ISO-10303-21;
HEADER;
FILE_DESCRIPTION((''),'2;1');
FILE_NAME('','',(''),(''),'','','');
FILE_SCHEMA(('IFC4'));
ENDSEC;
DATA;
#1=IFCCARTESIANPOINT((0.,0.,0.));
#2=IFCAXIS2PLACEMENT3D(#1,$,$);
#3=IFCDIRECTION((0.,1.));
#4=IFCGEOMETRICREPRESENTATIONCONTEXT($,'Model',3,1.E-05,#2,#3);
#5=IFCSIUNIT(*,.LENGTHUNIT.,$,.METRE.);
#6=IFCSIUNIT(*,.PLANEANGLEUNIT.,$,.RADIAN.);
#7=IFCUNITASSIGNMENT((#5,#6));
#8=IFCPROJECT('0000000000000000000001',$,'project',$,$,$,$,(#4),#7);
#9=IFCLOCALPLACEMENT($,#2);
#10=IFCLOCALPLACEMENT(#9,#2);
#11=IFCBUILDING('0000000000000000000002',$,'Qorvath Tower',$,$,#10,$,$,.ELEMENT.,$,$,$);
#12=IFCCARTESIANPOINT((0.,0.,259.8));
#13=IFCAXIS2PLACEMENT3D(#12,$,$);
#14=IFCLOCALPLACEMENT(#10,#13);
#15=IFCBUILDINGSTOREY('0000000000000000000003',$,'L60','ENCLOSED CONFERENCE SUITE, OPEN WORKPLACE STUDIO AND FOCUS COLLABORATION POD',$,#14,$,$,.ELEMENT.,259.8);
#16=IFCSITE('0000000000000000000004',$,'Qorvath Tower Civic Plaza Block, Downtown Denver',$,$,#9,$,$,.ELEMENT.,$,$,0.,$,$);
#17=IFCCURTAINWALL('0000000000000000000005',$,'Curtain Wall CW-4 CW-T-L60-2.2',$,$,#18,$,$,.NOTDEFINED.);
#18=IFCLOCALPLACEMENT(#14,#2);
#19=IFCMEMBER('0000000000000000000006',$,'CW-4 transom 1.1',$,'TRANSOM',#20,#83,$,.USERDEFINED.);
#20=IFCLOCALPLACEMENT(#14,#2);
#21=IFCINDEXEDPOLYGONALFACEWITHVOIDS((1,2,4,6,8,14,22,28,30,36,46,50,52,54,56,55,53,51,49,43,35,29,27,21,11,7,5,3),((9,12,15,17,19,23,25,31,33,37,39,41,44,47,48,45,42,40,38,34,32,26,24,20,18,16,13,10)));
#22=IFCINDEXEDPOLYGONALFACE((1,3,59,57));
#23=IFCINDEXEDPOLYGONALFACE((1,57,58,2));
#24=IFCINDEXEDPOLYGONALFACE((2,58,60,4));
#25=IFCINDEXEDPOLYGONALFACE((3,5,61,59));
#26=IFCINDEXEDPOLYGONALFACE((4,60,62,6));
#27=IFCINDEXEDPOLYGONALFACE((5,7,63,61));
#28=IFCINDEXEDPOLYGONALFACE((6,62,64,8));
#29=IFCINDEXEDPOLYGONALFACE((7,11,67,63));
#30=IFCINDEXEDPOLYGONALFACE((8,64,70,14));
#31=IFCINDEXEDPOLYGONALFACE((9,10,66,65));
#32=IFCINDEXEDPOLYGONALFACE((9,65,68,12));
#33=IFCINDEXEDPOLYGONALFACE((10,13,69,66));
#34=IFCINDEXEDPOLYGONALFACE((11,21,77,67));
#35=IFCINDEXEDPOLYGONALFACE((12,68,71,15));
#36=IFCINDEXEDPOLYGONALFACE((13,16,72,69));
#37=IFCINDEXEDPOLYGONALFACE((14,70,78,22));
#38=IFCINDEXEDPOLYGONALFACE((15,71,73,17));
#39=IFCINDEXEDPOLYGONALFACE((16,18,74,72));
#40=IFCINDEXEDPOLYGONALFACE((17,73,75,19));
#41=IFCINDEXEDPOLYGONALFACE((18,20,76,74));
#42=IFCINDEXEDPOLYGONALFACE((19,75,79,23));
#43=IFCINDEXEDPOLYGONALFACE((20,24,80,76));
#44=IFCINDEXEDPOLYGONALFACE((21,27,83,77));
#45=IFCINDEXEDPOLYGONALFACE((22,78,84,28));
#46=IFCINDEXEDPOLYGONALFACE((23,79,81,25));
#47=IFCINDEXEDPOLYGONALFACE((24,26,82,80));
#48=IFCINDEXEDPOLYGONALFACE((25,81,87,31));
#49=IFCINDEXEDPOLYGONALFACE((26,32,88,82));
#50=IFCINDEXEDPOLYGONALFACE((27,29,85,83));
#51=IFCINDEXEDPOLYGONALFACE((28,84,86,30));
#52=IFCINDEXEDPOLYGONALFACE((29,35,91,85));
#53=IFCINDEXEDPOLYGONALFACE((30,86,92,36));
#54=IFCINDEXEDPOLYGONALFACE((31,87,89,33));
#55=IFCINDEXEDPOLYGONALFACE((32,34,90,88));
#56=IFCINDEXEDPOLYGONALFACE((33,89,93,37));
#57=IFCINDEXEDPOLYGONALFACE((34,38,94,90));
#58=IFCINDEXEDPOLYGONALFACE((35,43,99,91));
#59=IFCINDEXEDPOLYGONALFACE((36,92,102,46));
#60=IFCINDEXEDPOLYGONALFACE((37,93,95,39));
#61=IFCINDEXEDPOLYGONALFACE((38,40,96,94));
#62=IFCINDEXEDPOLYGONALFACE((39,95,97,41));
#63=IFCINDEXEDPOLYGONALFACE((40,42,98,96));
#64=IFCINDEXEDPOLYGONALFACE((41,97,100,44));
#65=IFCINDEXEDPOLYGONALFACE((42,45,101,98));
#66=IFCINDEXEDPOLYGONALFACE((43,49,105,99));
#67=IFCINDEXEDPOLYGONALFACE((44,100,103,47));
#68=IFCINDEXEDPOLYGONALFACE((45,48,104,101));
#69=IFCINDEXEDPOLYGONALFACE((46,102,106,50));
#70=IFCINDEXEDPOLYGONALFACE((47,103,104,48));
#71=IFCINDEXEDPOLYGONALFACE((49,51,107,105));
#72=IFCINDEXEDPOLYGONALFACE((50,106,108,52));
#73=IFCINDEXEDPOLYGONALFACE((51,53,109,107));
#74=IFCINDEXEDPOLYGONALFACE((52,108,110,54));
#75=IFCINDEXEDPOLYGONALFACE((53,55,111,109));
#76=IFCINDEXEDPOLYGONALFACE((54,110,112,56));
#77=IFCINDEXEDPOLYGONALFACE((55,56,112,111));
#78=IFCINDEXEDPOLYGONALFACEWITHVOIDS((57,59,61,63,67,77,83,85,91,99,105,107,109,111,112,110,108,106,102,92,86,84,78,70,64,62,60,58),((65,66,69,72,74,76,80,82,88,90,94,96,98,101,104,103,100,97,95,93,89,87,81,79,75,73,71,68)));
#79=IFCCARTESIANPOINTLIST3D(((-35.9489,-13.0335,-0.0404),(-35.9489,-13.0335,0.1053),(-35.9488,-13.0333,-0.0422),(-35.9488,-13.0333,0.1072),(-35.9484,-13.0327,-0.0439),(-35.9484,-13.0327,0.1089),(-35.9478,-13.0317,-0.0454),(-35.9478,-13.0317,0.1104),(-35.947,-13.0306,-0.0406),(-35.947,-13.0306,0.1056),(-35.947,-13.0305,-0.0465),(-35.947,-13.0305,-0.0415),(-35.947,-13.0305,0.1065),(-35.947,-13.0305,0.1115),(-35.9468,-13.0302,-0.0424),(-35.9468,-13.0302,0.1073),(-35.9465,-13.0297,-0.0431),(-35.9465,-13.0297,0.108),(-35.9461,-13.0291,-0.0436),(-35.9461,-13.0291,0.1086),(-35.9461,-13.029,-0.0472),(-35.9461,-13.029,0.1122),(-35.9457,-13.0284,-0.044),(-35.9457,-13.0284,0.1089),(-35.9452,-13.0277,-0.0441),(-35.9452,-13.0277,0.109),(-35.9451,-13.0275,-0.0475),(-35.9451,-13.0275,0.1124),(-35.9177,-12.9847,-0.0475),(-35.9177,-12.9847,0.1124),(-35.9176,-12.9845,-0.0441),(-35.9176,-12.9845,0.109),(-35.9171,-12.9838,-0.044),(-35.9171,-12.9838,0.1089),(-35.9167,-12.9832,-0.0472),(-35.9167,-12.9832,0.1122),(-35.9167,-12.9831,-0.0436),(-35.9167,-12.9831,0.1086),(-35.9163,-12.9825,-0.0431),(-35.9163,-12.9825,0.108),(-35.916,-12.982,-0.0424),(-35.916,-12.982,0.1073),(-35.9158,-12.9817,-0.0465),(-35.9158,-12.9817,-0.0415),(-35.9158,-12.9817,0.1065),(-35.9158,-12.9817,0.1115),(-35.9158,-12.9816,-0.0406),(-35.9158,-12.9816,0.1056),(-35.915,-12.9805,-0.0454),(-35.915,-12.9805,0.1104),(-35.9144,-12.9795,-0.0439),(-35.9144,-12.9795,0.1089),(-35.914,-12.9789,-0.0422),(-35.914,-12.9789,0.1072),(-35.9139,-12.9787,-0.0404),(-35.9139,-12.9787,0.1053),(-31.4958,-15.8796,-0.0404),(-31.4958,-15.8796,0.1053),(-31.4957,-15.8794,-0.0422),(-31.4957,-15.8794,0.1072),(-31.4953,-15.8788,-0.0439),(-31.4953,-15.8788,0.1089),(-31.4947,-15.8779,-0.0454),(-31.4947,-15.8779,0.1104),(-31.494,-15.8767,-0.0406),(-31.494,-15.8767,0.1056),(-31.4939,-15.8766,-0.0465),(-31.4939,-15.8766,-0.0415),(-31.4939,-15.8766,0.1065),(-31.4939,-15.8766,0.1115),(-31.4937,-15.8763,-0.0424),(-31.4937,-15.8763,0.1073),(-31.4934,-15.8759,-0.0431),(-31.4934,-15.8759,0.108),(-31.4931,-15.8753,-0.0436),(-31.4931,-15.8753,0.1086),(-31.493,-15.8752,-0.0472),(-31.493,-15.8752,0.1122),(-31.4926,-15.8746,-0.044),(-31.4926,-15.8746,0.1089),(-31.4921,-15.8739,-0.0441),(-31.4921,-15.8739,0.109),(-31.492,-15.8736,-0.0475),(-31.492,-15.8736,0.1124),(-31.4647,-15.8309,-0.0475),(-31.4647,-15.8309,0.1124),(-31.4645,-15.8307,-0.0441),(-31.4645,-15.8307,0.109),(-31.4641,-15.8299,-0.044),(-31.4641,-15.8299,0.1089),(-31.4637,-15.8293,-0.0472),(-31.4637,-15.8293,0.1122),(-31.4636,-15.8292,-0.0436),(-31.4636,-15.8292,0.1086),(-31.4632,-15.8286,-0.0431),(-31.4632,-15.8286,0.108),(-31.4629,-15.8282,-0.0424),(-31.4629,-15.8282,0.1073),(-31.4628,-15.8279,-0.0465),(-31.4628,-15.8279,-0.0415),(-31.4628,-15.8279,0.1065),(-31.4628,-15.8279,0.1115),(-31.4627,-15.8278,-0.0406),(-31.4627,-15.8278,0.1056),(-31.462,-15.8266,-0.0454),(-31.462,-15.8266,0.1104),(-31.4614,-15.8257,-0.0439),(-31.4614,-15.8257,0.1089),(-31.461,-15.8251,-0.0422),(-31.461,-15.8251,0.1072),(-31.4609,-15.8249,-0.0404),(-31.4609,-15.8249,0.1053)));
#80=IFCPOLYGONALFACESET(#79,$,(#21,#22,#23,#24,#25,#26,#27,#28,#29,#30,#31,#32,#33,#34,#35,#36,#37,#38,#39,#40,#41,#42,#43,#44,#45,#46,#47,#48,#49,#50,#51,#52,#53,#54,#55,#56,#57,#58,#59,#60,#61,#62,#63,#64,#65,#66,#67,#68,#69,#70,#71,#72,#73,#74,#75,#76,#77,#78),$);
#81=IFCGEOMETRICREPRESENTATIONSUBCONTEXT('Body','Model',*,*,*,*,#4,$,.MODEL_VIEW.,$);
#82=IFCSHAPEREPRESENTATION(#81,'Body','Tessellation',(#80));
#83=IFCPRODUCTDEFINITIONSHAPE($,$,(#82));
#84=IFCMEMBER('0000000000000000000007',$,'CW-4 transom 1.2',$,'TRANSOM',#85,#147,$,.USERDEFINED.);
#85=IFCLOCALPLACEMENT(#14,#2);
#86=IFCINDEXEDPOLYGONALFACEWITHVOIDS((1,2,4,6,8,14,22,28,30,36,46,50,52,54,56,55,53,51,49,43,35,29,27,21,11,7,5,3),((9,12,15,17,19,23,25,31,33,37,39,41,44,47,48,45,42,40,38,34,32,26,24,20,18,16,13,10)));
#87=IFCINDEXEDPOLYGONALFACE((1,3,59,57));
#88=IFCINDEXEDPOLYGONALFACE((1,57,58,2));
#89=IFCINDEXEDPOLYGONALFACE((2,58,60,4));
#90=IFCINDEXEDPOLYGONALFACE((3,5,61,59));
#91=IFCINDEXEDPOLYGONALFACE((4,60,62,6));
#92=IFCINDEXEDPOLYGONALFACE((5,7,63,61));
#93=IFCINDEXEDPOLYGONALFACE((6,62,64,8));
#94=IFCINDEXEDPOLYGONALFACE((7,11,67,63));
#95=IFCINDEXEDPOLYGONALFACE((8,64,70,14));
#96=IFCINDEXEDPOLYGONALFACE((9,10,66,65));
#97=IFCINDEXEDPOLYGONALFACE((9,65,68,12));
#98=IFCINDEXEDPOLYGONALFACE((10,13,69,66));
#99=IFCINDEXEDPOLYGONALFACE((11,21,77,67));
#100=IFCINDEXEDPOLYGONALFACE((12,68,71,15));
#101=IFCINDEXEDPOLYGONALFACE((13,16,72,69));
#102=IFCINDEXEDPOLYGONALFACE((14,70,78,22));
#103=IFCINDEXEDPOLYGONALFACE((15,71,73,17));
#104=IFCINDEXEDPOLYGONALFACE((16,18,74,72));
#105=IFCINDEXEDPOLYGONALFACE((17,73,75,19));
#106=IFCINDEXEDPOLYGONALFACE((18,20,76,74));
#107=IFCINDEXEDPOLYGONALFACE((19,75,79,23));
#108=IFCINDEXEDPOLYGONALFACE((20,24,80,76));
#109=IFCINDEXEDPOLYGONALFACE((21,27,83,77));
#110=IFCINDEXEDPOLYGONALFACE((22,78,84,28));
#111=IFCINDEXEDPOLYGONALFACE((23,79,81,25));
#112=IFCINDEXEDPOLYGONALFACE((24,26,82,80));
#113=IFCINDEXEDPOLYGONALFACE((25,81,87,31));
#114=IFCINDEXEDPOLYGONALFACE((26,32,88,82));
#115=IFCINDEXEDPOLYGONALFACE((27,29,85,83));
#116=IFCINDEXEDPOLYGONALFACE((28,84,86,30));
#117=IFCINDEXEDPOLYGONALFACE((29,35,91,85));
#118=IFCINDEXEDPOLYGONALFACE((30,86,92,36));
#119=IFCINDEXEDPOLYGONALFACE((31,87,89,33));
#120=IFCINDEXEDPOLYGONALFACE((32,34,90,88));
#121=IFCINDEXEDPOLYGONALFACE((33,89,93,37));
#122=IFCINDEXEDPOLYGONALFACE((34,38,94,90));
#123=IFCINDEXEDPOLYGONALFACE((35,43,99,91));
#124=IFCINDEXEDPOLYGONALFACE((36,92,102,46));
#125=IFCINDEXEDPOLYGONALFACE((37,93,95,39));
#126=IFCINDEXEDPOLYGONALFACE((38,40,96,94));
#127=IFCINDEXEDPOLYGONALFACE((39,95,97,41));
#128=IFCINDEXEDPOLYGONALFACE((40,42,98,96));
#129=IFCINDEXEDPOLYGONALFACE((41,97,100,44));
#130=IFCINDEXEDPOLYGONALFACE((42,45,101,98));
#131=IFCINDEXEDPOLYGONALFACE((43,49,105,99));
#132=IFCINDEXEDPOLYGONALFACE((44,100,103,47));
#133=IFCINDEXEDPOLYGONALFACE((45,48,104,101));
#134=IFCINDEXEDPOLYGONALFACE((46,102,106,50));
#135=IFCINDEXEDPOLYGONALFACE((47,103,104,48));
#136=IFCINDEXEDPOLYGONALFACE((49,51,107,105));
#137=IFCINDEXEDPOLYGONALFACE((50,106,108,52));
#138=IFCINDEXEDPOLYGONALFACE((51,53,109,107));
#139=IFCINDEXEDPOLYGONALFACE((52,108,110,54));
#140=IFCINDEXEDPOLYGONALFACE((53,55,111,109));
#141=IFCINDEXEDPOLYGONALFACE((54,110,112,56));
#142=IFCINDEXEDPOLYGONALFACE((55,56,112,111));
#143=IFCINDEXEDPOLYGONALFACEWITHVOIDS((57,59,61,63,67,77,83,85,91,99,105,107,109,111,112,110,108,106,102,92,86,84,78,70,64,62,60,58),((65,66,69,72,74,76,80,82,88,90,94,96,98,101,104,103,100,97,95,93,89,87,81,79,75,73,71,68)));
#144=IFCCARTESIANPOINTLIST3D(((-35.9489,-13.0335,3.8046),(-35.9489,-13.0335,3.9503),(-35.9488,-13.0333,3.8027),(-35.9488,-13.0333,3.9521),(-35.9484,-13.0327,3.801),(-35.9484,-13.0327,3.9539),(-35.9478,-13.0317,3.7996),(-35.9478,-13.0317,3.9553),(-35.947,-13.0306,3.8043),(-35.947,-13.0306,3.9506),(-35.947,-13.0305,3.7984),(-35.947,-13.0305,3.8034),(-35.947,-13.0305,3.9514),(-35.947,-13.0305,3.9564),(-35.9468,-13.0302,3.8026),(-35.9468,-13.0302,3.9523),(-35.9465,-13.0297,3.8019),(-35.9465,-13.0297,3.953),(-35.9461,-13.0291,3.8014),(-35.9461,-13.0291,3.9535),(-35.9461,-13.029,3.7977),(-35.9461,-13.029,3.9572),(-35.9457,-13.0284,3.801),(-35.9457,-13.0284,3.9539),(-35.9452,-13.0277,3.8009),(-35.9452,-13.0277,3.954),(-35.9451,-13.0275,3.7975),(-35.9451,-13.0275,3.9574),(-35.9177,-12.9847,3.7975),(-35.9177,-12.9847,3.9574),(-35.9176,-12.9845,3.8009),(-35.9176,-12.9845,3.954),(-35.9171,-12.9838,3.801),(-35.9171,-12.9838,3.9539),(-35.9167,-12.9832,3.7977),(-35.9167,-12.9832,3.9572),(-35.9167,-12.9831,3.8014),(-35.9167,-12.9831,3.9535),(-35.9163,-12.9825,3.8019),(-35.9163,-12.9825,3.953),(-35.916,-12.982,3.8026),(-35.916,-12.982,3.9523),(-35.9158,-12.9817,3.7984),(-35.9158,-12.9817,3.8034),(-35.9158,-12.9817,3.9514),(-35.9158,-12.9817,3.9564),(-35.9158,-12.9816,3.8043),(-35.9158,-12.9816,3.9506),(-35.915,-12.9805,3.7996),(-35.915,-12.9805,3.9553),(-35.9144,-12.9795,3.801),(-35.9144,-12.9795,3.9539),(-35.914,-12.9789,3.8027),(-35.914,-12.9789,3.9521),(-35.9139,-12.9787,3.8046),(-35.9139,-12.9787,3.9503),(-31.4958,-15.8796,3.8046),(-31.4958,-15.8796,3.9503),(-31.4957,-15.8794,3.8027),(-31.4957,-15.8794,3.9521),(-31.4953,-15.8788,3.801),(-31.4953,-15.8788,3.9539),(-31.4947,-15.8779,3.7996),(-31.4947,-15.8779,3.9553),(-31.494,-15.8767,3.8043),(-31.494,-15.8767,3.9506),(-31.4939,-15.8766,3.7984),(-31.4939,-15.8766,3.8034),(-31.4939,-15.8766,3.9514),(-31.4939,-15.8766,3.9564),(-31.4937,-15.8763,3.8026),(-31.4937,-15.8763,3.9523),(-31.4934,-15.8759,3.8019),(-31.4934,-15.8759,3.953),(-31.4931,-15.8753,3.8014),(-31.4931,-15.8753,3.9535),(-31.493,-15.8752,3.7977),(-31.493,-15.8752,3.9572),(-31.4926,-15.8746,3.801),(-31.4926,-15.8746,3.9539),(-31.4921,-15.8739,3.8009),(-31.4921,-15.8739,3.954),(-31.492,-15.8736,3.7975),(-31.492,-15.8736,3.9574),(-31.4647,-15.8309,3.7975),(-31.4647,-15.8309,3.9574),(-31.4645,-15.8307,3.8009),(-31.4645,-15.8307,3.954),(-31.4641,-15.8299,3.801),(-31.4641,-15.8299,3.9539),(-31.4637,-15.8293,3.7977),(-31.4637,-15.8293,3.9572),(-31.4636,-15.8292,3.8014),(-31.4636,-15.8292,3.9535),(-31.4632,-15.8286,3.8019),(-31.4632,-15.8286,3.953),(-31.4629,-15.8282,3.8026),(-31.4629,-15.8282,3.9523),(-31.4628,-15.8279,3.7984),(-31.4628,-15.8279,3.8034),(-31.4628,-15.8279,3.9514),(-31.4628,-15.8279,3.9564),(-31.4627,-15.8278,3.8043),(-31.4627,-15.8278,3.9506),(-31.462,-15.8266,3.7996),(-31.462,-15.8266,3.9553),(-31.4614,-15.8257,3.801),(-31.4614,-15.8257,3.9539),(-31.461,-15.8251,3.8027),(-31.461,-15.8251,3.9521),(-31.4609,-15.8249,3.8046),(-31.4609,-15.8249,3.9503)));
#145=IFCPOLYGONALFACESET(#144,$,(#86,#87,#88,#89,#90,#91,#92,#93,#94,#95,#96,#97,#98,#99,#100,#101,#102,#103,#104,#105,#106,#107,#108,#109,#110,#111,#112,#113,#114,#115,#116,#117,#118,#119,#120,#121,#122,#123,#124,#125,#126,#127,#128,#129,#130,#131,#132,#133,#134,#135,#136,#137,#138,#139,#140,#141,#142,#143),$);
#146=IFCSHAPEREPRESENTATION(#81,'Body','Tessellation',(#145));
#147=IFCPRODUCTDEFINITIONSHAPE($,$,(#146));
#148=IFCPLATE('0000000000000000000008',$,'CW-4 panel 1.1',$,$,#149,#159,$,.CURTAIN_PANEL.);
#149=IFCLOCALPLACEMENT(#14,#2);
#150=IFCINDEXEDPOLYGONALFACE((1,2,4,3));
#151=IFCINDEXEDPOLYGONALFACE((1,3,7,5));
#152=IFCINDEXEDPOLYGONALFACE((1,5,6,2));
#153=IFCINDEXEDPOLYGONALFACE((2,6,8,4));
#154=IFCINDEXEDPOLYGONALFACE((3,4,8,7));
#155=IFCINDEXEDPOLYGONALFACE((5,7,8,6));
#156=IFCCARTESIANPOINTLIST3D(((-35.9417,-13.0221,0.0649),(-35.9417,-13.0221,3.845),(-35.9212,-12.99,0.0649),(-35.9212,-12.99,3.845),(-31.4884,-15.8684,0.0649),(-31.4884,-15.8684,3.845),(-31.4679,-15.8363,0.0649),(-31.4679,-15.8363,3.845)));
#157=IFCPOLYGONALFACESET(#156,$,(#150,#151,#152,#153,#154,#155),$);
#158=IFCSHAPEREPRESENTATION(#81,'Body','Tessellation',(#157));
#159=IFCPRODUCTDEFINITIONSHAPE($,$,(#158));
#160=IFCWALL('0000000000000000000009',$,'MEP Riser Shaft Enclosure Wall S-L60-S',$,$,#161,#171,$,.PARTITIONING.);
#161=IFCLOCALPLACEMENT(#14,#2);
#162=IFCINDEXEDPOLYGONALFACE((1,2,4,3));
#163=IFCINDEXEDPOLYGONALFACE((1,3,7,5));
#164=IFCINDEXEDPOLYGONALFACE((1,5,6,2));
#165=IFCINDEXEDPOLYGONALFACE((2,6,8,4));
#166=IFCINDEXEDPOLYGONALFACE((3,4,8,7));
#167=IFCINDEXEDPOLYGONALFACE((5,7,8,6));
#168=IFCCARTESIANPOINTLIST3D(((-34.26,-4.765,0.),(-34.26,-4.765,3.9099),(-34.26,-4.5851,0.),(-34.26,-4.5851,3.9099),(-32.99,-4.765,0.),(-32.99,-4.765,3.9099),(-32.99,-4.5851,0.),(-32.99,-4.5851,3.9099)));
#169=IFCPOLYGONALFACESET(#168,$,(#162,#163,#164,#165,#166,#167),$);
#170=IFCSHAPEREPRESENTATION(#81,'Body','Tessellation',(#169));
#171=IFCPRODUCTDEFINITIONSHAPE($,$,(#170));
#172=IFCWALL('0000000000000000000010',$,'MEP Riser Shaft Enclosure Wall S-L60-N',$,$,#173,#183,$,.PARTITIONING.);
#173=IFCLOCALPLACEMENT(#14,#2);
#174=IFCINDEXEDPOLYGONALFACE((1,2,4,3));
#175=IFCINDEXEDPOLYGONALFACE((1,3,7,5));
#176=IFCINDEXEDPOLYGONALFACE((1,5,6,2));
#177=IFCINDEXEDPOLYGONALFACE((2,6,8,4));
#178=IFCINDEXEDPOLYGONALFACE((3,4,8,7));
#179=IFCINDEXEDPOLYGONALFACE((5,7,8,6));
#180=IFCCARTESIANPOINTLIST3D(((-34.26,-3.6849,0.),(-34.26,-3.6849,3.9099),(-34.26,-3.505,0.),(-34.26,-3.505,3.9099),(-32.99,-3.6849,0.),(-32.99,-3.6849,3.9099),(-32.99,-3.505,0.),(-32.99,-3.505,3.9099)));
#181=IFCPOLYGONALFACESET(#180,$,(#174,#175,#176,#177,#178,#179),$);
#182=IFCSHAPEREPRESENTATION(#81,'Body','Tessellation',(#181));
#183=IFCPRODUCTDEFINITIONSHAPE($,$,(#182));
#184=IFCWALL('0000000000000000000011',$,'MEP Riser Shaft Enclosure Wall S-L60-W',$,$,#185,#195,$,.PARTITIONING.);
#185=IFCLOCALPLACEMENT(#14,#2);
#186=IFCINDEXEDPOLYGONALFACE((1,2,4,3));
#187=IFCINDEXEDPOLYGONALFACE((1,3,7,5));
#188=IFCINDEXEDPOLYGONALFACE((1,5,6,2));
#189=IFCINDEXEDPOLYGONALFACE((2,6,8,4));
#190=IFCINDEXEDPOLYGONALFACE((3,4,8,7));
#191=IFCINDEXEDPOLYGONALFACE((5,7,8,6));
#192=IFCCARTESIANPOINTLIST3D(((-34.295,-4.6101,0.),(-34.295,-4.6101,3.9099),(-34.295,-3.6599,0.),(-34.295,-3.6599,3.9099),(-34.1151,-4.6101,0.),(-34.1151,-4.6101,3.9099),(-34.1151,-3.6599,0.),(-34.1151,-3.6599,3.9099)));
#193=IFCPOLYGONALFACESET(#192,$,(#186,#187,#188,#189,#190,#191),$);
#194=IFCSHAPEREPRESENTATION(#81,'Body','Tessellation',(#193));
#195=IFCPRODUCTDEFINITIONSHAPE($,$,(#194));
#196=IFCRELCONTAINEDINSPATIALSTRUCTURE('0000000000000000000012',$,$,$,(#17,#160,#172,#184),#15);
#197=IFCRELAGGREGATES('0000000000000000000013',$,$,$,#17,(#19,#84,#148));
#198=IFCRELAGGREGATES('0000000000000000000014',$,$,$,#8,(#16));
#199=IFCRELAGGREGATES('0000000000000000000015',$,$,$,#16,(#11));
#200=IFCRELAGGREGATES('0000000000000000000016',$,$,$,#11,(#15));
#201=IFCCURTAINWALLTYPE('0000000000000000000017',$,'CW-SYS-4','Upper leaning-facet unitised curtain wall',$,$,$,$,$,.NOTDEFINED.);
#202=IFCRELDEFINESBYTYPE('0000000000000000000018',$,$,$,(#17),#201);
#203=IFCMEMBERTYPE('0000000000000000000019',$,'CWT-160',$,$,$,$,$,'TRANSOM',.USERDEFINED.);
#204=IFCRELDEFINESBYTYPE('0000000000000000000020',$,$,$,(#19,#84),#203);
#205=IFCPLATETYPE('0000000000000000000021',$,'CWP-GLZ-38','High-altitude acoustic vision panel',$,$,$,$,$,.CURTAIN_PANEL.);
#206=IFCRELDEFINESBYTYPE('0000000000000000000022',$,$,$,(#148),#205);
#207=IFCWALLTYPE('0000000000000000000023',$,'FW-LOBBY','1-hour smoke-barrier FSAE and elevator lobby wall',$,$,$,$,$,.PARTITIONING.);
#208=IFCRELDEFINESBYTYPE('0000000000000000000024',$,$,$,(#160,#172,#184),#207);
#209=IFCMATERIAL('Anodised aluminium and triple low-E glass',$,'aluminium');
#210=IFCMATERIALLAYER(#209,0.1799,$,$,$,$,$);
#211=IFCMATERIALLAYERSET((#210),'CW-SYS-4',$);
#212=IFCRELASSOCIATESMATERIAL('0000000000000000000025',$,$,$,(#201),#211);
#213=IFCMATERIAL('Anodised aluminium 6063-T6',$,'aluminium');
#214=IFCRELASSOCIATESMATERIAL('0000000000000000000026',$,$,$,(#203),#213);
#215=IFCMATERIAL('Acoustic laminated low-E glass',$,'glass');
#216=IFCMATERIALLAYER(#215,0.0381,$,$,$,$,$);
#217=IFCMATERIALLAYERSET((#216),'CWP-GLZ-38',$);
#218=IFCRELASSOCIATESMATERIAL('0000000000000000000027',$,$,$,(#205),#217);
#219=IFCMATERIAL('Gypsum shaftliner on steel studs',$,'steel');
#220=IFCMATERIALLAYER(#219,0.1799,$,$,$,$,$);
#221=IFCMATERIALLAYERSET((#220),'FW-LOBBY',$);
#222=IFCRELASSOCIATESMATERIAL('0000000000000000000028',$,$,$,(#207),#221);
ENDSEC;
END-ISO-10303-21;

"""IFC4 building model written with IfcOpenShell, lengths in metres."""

from ifc_helpers import new_model, si_unit, direction, frame, frame_2d, origin, origin_2d, place, context, subcontext, project, spatial, rectangle, hollow_rectangle, extrude, material, layer, layer_set, material_profile, profile_set, type_object, element, aggregate, save


model = new_model("IFC4")

# Units and contexts
model_context = context("Model", 3, precision=1e-05, world=origin(), true_north=direction((0.0, 1.0)))
body_context = subcontext(model_context, "Body", "Model", "MODEL_VIEW")
ifc_project = project(units=[si_unit("LENGTHUNIT", "METRE"), si_unit("PLANEANGLEUNIT", "RADIAN")], contexts=[model_context])

# Site, building, storey
site_placement = place(None, origin())
site = spatial("IfcSite", under=ifc_project, at=site_placement, Name="Qorvath Tower Civic Plaza Block, Downtown Denver", CompositionType="ELEMENT", RefElevation=0.0)
building_placement = place(site_placement, origin())
building = spatial("IfcBuilding", under=site, at=building_placement, Name="Qorvath Tower", CompositionType="ELEMENT")
storey_placement = place(building_placement, frame((0.0, 0.0, 259.8)))
storey = spatial("IfcBuildingStorey", under=building, at=storey_placement, Name="L60", Description="ENCLOSED CONFERENCE SUITE, OPEN WORKPLACE STUDIO AND FOCUS COLLABORATION POD", CompositionType="ELEMENT", Elevation=259.8)

# Shared definitions
ifc_material_1 = material(Name="Anodised aluminium and triple low-E glass", Category="aluminium")
ifc_layer_1 = layer(ifc_material_1, 0.1799)
ifc_layer_set_1 = layer_set([ifc_layer_1], Name="CW-SYS-4")
curtain_wall_type = type_object("IfcCurtainWallType", Name="CW-SYS-4", Description="Upper leaning-facet unitised curtain wall", PredefinedType="NOTDEFINED", material=ifc_layer_set_1)

# Curtain wall, members, plate
curtain_wall_1_placement = place(storey_placement, origin())
curtain_wall_1 = element("IfcCurtainWall", 1, at=curtain_wall_1_placement, inside=storey, type_object=curtain_wall_type, Name="Curtain Wall CW-4 CW-T-L60-2.2", PredefinedType="NOTDEFINED")
ifc_material_2 = material(Name="Anodised aluminium 6063-T6", Category="aluminium")
ifc_material_profile_1 = material_profile(ifc_material_2, hollow_rectangle(XDim=0.0649, YDim=0.1599, WallThickness=0.0034, InnerFilletRadius=0.0034, OuterFilletRadius=0.0071, at=origin_2d()), Name="CWT 160x65")
ifc_profile_set_1 = profile_set([ifc_material_profile_1], Name="Anodised aluminium 6063-T6")
member_type_1 = type_object("IfcMemberType", Name="CWT-160", ElementType="TRANSOM", PredefinedType="USERDEFINED", material=ifc_profile_set_1)
member_1_placement = place(storey_placement, frame((-35.9314, -13.0061, 0.0325), z_axis=(0.842598, -0.538542, 0.0), x_axis=(0.538542, 0.842598, 0.0)))
member_1 = element("IfcMember", 2, at=member_1_placement, type_object=member_type_1, Name="CW-4 transom 1.1", ObjectType="TRANSOM", PredefinedType="USERDEFINED", context=body_context, shape_type="SweptSolid", body=[
    extrude(hollow_rectangle(XDim=0.0649, YDim=0.1599, WallThickness=0.0034, InnerFilletRadius=0.0034, OuterFilletRadius=0.0071, at=origin_2d()), origin(), (0.0, 0.0, 1.0), 5.2849),
])
member_2_placement = place(storey_placement, frame((-35.9314, -13.0061, 3.8774), z_axis=(0.842598, -0.538542, 0.0), x_axis=(0.538542, 0.842598, 0.0)))
member_2 = element("IfcMember", 3, at=member_2_placement, type_object=member_type_1, Name="CW-4 transom 1.2", ObjectType="TRANSOM", PredefinedType="USERDEFINED", context=body_context, shape_type="SweptSolid", body=[
    extrude(hollow_rectangle(XDim=0.0649, YDim=0.1599, WallThickness=0.0034, InnerFilletRadius=0.0034, OuterFilletRadius=0.0071, at=origin_2d()), origin(), (0.0, 0.0, 1.0), 5.2849),
])
ifc_material_3 = material(Name="Acoustic laminated low-E glass", Category="glass")
ifc_layer_2 = layer(ifc_material_3, 0.0381)
ifc_layer_set_2 = layer_set([ifc_layer_2], Name="CWP-GLZ-38")
plate_type = type_object("IfcPlateType", Name="CWP-GLZ-38", Description="High-altitude acoustic vision panel", PredefinedType="CURTAIN_PANEL", material=ifc_layer_set_2)
plate_placement = place(storey_placement, frame((-33.7048, -14.4292, 0.0649), z_axis=(0.0, 0.0, 1.0), x_axis=(0.842602, -0.538536, 0.0)))
plate = element("IfcPlate", 4, at=plate_placement, type_object=plate_type, Name="CW-4 panel 1.1", PredefinedType="CURTAIN_PANEL", context=body_context, shape_type="SweptSolid", body=[
    extrude(rectangle(XDim=5.2852, YDim=0.0381, at=origin_2d()), origin(), (0.0, 0.0, 1.0), 3.78),
])
aggregate(curtain_wall_1, [member_1, member_2, plate])

# Walls
ifc_material_4 = material(Name="Gypsum shaftliner on steel studs", Category="steel")
ifc_layer_3 = layer(ifc_material_4, 0.1799)
ifc_layer_set_3 = layer_set([ifc_layer_3], Name="FW-LOBBY")
wall_type_1 = type_object("IfcWallType", Name="FW-LOBBY", Description="1-hour smoke-barrier FSAE and elevator lobby wall", PredefinedType="PARTITIONING", material=ifc_layer_set_3)
for number, where, z_axis, x_axis, name in (
    (5, (-32.99, -4.675, 0.0), (0.0, 0.0, 1.0), (-1.0, 0.0, 0.0), "MEP Riser Shaft Enclosure Wall S-L60-S"),
    (6, (-34.26, -3.595, 0.0), (0.0, 0.0, 1.0), (1.0, 0.0, 0.0), "MEP Riser Shaft Enclosure Wall S-L60-N"),
):
    element("IfcWall", number, at=place(storey_placement, frame(where, z_axis=z_axis, x_axis=x_axis)), inside=storey, type_object=wall_type_1, Name=name, PredefinedType="PARTITIONING", context=body_context, shape_type="SweptSolid", body=[
        extrude(rectangle(XDim=1.27, YDim=0.1799, at=frame_2d((0.635, 0.0))), origin(), (0.0, 0.0, 1.0), 3.9099),
    ])
for number, where, z_axis, x_axis, name in (
    (7, (-34.2051, -4.6101, 0.0), (0.0, 0.0, 1.0), (0.0, 1.0, 0.0), "MEP Riser Shaft Enclosure Wall S-L60-W"),
):
    element("IfcWall", number, at=place(storey_placement, frame(where, z_axis=z_axis, x_axis=x_axis)), inside=storey, type_object=wall_type_1, Name=name, PredefinedType="PARTITIONING", context=body_context, shape_type="SweptSolid", body=[
        extrude(rectangle(XDim=0.9502, YDim=0.1799, at=frame_2d((0.4751, 0.0))), origin(), (0.0, 0.0, 1.0), 3.9099),
    ])

save(model, "model.ifc")
